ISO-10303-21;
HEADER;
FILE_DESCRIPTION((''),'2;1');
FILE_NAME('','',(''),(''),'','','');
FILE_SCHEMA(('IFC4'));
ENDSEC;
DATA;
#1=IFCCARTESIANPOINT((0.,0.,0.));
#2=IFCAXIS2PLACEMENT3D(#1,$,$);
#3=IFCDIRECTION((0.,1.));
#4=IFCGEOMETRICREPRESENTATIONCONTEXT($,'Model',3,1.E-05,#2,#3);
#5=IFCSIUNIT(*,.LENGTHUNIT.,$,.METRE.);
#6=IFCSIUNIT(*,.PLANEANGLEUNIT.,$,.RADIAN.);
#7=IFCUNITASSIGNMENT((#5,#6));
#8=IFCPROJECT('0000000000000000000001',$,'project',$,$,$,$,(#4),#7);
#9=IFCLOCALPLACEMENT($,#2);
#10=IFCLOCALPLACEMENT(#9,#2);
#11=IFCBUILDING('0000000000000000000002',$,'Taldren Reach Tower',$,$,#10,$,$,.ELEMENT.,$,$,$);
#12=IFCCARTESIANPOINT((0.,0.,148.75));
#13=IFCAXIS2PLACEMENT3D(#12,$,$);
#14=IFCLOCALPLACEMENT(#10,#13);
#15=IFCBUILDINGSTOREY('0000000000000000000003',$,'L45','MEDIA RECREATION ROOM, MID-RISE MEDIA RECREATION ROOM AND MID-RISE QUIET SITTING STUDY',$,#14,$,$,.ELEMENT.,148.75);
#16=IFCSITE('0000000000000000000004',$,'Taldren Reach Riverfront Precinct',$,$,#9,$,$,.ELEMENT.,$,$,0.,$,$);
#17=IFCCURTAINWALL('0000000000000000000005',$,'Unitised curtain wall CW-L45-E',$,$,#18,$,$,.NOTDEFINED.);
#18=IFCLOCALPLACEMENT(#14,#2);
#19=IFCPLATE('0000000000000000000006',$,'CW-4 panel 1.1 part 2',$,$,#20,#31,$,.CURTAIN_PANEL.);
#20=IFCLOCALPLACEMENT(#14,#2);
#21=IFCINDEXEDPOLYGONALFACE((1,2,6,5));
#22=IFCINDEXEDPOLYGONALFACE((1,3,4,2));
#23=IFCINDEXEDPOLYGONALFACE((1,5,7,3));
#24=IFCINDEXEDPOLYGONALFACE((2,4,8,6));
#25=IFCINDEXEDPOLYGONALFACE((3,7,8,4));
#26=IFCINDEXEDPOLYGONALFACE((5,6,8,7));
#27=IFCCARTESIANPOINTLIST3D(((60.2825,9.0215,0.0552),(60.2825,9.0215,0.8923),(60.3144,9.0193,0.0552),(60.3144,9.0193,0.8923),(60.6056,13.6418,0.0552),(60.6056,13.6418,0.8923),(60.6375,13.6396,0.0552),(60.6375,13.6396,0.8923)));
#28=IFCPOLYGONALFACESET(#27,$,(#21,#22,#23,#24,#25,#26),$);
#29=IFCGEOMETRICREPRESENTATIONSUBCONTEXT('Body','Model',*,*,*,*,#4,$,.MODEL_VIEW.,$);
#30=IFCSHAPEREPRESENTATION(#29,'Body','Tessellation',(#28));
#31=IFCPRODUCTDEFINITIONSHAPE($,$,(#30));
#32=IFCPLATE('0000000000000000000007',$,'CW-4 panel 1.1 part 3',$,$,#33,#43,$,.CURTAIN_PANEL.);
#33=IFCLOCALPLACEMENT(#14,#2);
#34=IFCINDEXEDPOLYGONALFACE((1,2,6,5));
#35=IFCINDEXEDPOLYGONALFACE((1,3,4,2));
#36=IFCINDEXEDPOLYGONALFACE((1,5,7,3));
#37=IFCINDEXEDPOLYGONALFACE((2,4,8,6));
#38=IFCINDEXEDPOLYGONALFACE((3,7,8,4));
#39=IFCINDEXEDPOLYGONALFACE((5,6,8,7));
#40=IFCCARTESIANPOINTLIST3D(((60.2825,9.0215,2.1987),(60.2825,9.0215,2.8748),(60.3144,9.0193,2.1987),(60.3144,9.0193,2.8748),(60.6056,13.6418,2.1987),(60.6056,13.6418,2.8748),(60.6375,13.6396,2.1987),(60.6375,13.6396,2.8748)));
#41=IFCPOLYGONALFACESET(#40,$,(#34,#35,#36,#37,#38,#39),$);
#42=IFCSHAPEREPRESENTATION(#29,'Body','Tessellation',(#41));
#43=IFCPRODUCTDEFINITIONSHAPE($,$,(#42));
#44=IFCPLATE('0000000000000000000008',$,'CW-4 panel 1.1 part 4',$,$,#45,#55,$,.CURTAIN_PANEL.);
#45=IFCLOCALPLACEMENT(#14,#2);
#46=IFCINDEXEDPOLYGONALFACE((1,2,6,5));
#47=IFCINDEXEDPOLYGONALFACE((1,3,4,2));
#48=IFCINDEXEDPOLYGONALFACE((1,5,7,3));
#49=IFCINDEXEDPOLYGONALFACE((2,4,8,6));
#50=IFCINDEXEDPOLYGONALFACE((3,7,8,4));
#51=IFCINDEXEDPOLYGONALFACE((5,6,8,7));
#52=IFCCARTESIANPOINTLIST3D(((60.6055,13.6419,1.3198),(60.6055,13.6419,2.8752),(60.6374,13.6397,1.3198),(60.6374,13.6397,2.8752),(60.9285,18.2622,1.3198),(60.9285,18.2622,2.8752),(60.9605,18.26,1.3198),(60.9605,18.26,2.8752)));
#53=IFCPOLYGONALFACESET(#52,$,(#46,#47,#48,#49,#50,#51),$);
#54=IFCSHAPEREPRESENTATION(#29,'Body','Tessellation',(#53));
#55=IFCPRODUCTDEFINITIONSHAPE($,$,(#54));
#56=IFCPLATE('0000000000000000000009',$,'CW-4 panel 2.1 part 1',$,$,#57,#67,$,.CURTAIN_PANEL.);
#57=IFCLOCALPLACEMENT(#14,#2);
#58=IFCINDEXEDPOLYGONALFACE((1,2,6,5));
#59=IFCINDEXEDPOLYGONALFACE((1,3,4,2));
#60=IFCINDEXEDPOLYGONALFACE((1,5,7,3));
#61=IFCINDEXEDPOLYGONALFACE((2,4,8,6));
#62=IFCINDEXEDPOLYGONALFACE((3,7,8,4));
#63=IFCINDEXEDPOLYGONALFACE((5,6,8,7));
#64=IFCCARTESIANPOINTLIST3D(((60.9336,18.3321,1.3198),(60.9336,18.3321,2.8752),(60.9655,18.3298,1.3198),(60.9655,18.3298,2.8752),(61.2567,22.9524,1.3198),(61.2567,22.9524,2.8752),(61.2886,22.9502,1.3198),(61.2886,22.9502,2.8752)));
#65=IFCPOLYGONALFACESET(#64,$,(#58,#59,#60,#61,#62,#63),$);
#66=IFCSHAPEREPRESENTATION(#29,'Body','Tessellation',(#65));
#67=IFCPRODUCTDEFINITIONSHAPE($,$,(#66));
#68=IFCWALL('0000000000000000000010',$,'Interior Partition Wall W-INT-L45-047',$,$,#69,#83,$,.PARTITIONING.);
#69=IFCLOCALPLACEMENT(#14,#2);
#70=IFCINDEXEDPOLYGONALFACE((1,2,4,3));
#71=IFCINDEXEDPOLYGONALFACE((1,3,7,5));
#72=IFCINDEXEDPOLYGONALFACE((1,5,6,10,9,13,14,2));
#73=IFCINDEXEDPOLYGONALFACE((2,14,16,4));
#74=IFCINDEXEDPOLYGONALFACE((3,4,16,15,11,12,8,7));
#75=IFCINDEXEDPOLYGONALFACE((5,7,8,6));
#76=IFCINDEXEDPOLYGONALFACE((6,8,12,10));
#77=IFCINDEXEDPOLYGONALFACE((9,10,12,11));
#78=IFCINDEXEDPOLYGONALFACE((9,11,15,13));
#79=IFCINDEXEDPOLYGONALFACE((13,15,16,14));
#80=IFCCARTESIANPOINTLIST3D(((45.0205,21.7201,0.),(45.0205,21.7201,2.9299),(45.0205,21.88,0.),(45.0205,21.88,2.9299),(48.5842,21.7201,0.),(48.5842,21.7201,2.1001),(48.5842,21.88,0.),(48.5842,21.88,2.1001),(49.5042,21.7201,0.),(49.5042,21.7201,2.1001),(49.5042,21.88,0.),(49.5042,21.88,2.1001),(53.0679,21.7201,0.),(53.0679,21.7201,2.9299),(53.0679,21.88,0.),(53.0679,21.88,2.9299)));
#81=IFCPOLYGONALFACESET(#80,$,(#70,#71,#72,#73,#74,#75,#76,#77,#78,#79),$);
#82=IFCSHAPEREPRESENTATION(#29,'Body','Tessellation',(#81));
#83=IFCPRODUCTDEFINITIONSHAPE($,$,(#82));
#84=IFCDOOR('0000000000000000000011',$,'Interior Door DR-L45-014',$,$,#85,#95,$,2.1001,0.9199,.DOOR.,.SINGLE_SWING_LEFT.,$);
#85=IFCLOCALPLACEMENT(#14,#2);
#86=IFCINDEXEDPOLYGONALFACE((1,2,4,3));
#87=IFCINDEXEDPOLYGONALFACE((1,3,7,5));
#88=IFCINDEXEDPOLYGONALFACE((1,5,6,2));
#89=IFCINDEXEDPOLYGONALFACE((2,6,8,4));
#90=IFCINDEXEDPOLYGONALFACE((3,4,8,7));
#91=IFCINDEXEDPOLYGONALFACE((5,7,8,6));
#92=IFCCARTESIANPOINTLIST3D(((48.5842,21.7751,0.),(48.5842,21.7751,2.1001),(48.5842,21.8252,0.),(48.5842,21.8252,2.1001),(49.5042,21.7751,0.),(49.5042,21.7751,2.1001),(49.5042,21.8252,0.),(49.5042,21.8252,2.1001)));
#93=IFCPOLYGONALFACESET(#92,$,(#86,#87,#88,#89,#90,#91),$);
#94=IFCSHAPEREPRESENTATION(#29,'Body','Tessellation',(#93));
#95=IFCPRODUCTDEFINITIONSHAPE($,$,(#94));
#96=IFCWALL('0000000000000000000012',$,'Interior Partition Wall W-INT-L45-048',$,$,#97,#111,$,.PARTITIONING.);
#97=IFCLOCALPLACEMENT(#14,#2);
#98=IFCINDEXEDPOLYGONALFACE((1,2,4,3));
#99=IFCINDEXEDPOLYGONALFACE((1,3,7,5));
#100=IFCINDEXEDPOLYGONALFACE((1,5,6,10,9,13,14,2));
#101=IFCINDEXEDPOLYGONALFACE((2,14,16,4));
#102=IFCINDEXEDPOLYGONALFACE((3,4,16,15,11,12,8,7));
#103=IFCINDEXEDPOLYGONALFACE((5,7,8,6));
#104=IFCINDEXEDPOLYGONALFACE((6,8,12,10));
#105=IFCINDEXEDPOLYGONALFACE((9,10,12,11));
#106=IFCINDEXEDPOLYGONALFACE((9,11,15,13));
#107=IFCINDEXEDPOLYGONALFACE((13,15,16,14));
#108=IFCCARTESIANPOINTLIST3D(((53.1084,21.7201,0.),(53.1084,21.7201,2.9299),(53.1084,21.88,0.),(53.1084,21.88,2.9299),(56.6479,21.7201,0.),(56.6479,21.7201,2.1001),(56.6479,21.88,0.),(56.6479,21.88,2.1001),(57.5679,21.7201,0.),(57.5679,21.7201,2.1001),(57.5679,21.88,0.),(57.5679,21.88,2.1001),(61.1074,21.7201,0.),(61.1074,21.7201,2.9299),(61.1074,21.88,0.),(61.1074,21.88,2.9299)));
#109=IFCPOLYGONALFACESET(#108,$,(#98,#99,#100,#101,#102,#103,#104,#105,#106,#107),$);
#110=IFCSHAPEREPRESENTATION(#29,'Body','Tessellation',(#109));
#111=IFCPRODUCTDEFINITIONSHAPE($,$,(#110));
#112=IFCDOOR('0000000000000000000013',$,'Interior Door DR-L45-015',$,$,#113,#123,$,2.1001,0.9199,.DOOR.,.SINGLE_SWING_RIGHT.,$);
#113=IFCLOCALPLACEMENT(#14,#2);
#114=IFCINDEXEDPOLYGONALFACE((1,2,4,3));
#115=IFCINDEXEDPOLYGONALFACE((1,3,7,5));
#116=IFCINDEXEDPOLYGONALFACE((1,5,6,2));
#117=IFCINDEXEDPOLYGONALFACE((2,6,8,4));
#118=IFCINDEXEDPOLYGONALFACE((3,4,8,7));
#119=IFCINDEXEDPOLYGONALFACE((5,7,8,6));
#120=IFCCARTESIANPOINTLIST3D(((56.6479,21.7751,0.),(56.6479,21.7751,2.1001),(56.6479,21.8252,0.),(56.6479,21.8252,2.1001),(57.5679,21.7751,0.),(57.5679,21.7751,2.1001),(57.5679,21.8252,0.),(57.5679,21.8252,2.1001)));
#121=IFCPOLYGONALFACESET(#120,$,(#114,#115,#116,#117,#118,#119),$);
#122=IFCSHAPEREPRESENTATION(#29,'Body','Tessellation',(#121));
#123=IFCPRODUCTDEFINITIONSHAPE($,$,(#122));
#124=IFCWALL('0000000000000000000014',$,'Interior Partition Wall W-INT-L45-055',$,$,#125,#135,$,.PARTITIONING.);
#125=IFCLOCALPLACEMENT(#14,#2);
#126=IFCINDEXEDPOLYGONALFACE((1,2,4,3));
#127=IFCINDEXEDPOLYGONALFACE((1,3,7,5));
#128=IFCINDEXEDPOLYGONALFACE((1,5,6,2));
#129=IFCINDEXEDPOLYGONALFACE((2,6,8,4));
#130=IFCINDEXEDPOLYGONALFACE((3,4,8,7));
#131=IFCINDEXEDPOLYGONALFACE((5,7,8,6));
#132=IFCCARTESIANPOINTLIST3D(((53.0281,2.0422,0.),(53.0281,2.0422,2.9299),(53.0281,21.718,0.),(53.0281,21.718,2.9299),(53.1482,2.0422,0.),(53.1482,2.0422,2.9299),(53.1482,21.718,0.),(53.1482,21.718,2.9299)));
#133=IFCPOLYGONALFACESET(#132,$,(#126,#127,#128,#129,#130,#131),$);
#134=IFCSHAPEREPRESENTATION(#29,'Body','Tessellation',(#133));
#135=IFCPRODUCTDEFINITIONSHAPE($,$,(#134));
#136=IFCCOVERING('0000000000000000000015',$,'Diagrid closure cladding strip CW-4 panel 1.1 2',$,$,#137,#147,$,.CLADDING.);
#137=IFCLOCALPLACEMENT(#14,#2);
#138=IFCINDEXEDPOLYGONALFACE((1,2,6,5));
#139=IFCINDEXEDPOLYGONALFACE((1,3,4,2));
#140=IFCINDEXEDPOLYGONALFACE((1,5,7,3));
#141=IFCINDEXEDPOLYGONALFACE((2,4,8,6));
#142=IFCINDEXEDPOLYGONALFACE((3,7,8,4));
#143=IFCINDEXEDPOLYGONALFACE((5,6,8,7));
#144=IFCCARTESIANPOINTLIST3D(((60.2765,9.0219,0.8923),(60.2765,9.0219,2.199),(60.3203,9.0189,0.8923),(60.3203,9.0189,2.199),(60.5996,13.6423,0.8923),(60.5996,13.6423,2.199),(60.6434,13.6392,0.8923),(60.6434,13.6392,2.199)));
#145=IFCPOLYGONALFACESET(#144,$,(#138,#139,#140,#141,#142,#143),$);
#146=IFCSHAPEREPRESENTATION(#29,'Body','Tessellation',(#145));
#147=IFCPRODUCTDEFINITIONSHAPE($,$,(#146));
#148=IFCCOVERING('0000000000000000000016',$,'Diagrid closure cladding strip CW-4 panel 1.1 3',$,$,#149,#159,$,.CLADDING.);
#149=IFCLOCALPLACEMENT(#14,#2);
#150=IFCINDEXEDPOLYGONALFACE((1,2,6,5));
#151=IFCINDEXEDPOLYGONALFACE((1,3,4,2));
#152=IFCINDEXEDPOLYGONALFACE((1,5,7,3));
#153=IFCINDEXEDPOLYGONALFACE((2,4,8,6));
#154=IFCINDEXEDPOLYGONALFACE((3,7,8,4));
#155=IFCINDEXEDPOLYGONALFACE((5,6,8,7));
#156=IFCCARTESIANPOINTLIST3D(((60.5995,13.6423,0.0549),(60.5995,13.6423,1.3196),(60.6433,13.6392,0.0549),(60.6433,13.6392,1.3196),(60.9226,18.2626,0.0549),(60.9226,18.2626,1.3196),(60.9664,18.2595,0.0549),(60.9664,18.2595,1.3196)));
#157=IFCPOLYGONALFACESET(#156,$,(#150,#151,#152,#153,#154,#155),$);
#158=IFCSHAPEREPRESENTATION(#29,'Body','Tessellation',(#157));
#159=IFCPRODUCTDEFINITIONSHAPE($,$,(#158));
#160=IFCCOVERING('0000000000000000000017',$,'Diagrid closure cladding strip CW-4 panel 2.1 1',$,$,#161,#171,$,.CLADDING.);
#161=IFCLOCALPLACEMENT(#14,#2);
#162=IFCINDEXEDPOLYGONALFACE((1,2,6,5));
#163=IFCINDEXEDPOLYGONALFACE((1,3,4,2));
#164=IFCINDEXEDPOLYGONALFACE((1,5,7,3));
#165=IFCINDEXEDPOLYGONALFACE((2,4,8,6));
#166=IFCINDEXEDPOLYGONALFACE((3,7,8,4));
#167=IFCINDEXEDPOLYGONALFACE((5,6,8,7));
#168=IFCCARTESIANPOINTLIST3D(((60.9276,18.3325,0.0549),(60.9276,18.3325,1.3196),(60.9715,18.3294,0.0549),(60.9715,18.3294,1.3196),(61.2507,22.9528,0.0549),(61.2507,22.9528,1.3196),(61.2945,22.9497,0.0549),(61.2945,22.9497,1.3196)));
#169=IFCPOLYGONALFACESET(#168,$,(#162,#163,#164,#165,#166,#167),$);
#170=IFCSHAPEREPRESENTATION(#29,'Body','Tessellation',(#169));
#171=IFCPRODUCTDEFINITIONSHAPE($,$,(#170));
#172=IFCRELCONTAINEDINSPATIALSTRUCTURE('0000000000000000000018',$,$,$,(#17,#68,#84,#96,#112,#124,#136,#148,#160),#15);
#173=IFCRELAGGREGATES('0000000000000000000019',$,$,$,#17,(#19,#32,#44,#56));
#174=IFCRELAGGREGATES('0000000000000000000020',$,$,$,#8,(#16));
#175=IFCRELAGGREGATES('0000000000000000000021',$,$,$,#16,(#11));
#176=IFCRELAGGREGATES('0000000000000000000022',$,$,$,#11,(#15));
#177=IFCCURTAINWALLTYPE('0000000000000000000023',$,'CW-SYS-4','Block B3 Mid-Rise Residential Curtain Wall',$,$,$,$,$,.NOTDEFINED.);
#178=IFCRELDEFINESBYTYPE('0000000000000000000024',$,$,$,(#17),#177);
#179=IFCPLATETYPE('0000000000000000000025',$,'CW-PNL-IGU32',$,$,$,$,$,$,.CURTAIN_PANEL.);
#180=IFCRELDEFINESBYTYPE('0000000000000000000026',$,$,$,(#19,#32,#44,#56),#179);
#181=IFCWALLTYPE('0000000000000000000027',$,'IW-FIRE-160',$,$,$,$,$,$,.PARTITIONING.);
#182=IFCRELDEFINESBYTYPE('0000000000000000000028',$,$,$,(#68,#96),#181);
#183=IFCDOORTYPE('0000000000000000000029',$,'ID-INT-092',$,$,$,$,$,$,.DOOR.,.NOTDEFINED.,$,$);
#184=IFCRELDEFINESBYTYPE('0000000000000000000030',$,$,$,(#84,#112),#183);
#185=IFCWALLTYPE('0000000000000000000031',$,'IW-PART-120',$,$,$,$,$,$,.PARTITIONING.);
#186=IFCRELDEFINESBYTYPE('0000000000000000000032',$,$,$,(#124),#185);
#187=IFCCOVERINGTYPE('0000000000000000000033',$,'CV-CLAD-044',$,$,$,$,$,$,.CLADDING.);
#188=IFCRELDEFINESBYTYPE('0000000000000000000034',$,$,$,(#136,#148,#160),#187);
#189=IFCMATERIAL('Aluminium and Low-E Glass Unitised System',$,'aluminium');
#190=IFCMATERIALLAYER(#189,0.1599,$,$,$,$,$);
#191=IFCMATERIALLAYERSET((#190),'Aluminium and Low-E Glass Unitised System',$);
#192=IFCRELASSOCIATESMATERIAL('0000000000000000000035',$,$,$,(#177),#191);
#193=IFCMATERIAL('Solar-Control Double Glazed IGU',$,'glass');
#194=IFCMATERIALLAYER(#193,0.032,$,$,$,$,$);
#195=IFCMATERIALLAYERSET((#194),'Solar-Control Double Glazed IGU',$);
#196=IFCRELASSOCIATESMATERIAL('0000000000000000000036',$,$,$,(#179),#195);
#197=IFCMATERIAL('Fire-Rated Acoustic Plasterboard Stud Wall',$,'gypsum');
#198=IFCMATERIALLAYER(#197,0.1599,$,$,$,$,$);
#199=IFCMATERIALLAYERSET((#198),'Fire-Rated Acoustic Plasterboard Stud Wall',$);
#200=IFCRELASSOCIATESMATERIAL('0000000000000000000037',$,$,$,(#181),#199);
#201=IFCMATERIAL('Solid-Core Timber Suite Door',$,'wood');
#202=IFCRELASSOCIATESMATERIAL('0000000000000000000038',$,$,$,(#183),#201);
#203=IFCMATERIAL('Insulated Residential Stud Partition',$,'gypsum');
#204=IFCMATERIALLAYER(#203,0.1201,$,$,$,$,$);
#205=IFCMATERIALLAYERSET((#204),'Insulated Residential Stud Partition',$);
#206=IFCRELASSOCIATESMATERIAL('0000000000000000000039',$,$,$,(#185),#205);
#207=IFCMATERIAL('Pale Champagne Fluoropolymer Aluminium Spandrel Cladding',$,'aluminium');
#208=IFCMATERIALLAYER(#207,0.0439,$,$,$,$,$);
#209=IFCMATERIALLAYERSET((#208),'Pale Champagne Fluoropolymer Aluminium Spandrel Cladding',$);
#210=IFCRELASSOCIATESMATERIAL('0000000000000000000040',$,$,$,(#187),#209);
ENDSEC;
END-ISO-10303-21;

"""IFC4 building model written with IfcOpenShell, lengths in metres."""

from ifc_helpers import new_model, si_unit, direction, frame, frame_2d, origin, origin_2d, place, context, subcontext, project, spatial, rectangle, extrude, source, transform, mapped, material, layer, layer_set, type_object, element, fill, aggregate, save


model = new_model("IFC4")

# Units and contexts
model_context = context("Model", 3, precision=1e-05, world=origin(), true_north=direction((0.0, 1.0)))
body_context = subcontext(model_context, "Body", "Model", "MODEL_VIEW")
ifc_project = project(units=[si_unit("LENGTHUNIT", "METRE"), si_unit("PLANEANGLEUNIT", "RADIAN")], contexts=[model_context])

# Site, building, storey
site_placement = place(None, origin())
site = spatial("IfcSite", under=ifc_project, at=site_placement, Name="Taldren Reach Riverfront Precinct", CompositionType="ELEMENT", RefElevation=0.0)
building_placement = place(site_placement, origin())
building = spatial("IfcBuilding", under=site, at=building_placement, Name="Taldren Reach Tower", CompositionType="ELEMENT")
storey_placement = place(building_placement, frame((0.0, 0.0, 148.75)))
storey = spatial("IfcBuildingStorey", under=building, at=storey_placement, Name="L45", Description="MEDIA RECREATION ROOM, MID-RISE MEDIA RECREATION ROOM AND MID-RISE QUIET SITTING STUDY", CompositionType="ELEMENT", Elevation=148.75)

# Curtain wall
ifc_material_1 = material(Name="Aluminium and Low-E Glass Unitised System", Category="aluminium")
ifc_layer_1 = layer(ifc_material_1, 0.1599)
ifc_layer_set_1 = layer_set([ifc_layer_1], Name="Aluminium and Low-E Glass Unitised System")
curtain_wall_type = type_object("IfcCurtainWallType", Name="CW-SYS-4", Description="Block B3 Mid-Rise Residential Curtain Wall", PredefinedType="NOTDEFINED", material=ifc_layer_set_1)
curtain_wall_placement = place(storey_placement, origin())
curtain_wall = element("IfcCurtainWall", 1, at=curtain_wall_placement, inside=storey, type_object=curtain_wall_type, Name="Unitised curtain wall CW-L45-E", PredefinedType="NOTDEFINED")

# Plates
ifc_material_2 = material(Name="Solar-Control Double Glazed IGU", Category="glass")
ifc_layer_2 = layer(ifc_material_2, 0.032)
ifc_layer_set_2 = layer_set([ifc_layer_2], Name="Solar-Control Double Glazed IGU")
plate_type_1 = type_object("IfcPlateType", Name="CW-PNL-IGU32", PredefinedType="CURTAIN_PANEL", material=ifc_layer_set_2)
shared_shape_1 = source(origin(), body_context, "Body", "SweptSolid", [
    extrude(rectangle(XDim=4.6316, YDim=0.032, at=origin_2d()), origin(), (0.0, 0.0, 1.0), 0.8372),
])
plate_1_placement = place(storey_placement, frame((60.46, 11.3306, 0.0552), z_axis=(0.0, 0.0, 1.0), x_axis=(0.069756, 0.997564, 0.0)))
plate_1 = element("IfcPlate", 2, at=plate_1_placement, type_object=plate_type_1, Name="CW-4 panel 1.1 part 2", PredefinedType="CURTAIN_PANEL", context=body_context, shape_type="MappedRepresentation", body=[
    mapped(shared_shape_1, transform((0.0, 0.0, 0.0), scale=1.0)),
])
shared_shape_2 = source(origin(), body_context, "Body", "SweptSolid", [
    extrude(rectangle(XDim=4.6316, YDim=0.032, at=origin_2d()), origin(), (0.0, 0.0, 1.0), 0.676),
])
plate_2_placement = place(storey_placement, frame((60.46, 11.3306, 2.1987), z_axis=(0.0, 0.0, 1.0), x_axis=(0.069756, 0.997564, 0.0)))
plate_2 = element("IfcPlate", 3, at=plate_2_placement, type_object=plate_type_1, Name="CW-4 panel 1.1 part 3", PredefinedType="CURTAIN_PANEL", context=body_context, shape_type="MappedRepresentation", body=[
    mapped(shared_shape_2, transform((0.0, 0.0, 0.0), scale=1.0)),
])
shared_shape_3 = source(origin(), body_context, "Body", "SweptSolid", [
    extrude(rectangle(XDim=4.6316, YDim=0.032, at=origin_2d()), origin(), (0.0, 0.0, 1.0), 1.5554),
])
plate_3_placement = place(storey_placement, frame((60.783, 15.9509, 1.3198), z_axis=(0.0, 0.0, 1.0), x_axis=(0.069756, 0.997564, 0.0)))
plate_3 = element("IfcPlate", 4, at=plate_3_placement, type_object=plate_type_1, Name="CW-4 panel 1.1 part 4", PredefinedType="CURTAIN_PANEL", context=body_context, shape_type="MappedRepresentation", body=[
    mapped(shared_shape_3, transform((0.0, 0.0, 0.0), scale=1.0)),
])
plate_4_placement = place(storey_placement, frame((61.1111, 20.6411, 1.3198), z_axis=(0.0, 0.0, 1.0), x_axis=(0.069756, 0.997564, 0.0)))
plate_4 = element("IfcPlate", 5, at=plate_4_placement, type_object=plate_type_1, Name="CW-4 panel 2.1 part 1", PredefinedType="CURTAIN_PANEL", context=body_context, shape_type="MappedRepresentation", body=[
    mapped(shared_shape_3, transform((0.0, 0.0, 0.0), scale=1.0)),
])
aggregate(curtain_wall, [plate_1, plate_2, plate_3, plate_4])

# Walls, openings, doors
ifc_material_3 = material(Name="Fire-Rated Acoustic Plasterboard Stud Wall", Category="gypsum")
ifc_layer_3 = layer(ifc_material_3, 0.1599)
ifc_layer_set_3 = layer_set([ifc_layer_3], Name="Fire-Rated Acoustic Plasterboard Stud Wall")
wall_type_1 = type_object("IfcWallType", Name="IW-FIRE-160", PredefinedType="PARTITIONING", material=ifc_layer_set_3)
shared_shape_4 = source(origin(), body_context, "Body", "SweptSolid", [
    extrude(rectangle(XDim=8.0474, YDim=0.1599, at=frame_2d((4.0237, 0.0))), origin(), (0.0, 0.0, 1.0), 2.9299),
])
wall_1_placement = place(storey_placement, frame((53.0679, 21.8, 0.0), z_axis=(0.0, 0.0, 1.0), x_axis=(-1.0, 0.0, 0.0)))
wall_1 = element("IfcWall", 6, at=wall_1_placement, inside=storey, type_object=wall_type_1, Name="Interior Partition Wall W-INT-L45-047", PredefinedType="PARTITIONING", context=body_context, shape_type="MappedRepresentation", body=[
    mapped(shared_shape_4, transform((0.0, 0.0, 0.0), scale=1.0)),
])
shared_shape_5 = source(origin(), body_context, "Body", "SweptSolid", [
    extrude(rectangle(XDim=0.9199, YDim=2.1001, at=frame_2d((0.46, 1.05))), frame((0.0, 0.0898, 0.0), z_axis=(0.0, -1.0, 0.0), x_axis=(1.0, 0.0, 0.0)), (0.0, 0.0, 1.0), 0.1799),
])
opening_1_placement = place(wall_1_placement, frame((3.5637, 0.0, 0.0)))
opening_1 = element("IfcOpeningElement", 7, at=opening_1_placement, cuts=wall_1, PredefinedType="OPENING", context=body_context, shape_type="MappedRepresentation", body=[
    mapped(shared_shape_5, transform((0.0, 0.0, 0.0), scale=1.0)),
])
ifc_material_4 = material(Name="Solid-Core Timber Suite Door", Category="wood")
door_type = type_object("IfcDoorType", Name="ID-INT-092", OperationType="NOTDEFINED", PredefinedType="DOOR", material=ifc_material_4)
shared_shape_6 = source(origin(), body_context, "Body", "SweptSolid", [
    extrude(rectangle(XDim=0.9199, YDim=2.1001, at=frame_2d((0.46, 1.05))), frame((0.0, 0.0249, 0.0), z_axis=(0.0, -1.0, 0.0), x_axis=(1.0, 0.0, 0.0)), (0.0, 0.0, 1.0), 0.05),
])
door_1_placement = place(opening_1_placement, origin())
door_1 = element("IfcDoor", 8, at=door_1_placement, inside=storey, type_object=door_type, Name="Interior Door DR-L45-014", OperationType="SINGLE_SWING_LEFT", OverallHeight=2.1001, OverallWidth=0.9199, PredefinedType="DOOR", context=body_context, shape_type="MappedRepresentation", body=[
    mapped(shared_shape_6, transform((0.0, 0.0, 0.0), scale=1.0)),
])
fill(opening_1, door_1)
shared_shape_7 = source(origin(), body_context, "Body", "SweptSolid", [
    extrude(rectangle(XDim=7.999, YDim=0.1599, at=frame_2d((3.9995, 0.0))), origin(), (0.0, 0.0, 1.0), 2.9299),
])
wall_2_placement = place(storey_placement, frame((61.1074, 21.8, 0.0), z_axis=(0.0, 0.0, 1.0), x_axis=(-1.0, 0.0, 0.0)))
wall_2 = element("IfcWall", 9, at=wall_2_placement, inside=storey, type_object=wall_type_1, Name="Interior Partition Wall W-INT-L45-048", PredefinedType="PARTITIONING", context=body_context, shape_type="MappedRepresentation", body=[
    mapped(shared_shape_7, transform((0.0, 0.0, 0.0), scale=1.0)),
])
opening_2_placement = place(wall_2_placement, frame((3.5396, 0.0, 0.0)))
opening_2 = element("IfcOpeningElement", 10, at=opening_2_placement, cuts=wall_2, PredefinedType="OPENING", context=body_context, shape_type="MappedRepresentation", body=[
    mapped(shared_shape_5, transform((0.0, 0.0, 0.0), scale=1.0)),
])
door_2_placement = place(opening_2_placement, origin())
door_2 = element("IfcDoor", 11, at=door_2_placement, inside=storey, type_object=door_type, Name="Interior Door DR-L45-015", OperationType="SINGLE_SWING_RIGHT", OverallHeight=2.1001, OverallWidth=0.9199, PredefinedType="DOOR", context=body_context, shape_type="MappedRepresentation", body=[
    mapped(shared_shape_6, transform((0.0, 0.0, 0.0), scale=1.0)),
])
fill(opening_2, door_2)

# Wall
ifc_material_5 = material(Name="Insulated Residential Stud Partition", Category="gypsum")
ifc_layer_4 = layer(ifc_material_5, 0.1201)
ifc_layer_set_4 = layer_set([ifc_layer_4], Name="Insulated Residential Stud Partition")
wall_type_2 = type_object("IfcWallType", Name="IW-PART-120", PredefinedType="PARTITIONING", material=ifc_layer_set_4)
shared_shape_8 = source(origin(), body_context, "Body", "SweptSolid", [
    extrude(rectangle(XDim=19.6758, YDim=0.1201, at=frame_2d((9.8379, 0.0))), origin(), (0.0, 0.0, 1.0), 2.9299),
])
wall_3_placement = place(storey_placement, frame((53.0881, 21.718, 0.0), z_axis=(0.0, 0.0, 1.0), x_axis=(0.0, -1.0, 0.0)))
element("IfcWall", 12, at=wall_3_placement, inside=storey, type_object=wall_type_2, Name="Interior Partition Wall W-INT-L45-055", PredefinedType="PARTITIONING", context=body_context, shape_type="MappedRepresentation", body=[
    mapped(shared_shape_8, transform((0.0, 0.0, 0.0), scale=1.0)),
])

# Coverings
ifc_material_6 = material(Name="Pale Champagne Fluoropolymer Aluminium Spandrel Cladding", Category="aluminium")
ifc_layer_5 = layer(ifc_material_6, 0.0439)
ifc_layer_set_5 = layer_set([ifc_layer_5], Name="Pale Champagne Fluoropolymer Aluminium Spandrel Cladding")
covering_type = type_object("IfcCoveringType", Name="CV-CLAD-044", PredefinedType="CLADDING", material=ifc_layer_set_5)
shared_shape_9 = source(origin(), body_context, "Body", "SweptSolid", [
    extrude(rectangle(XDim=4.6316, YDim=0.0439, at=origin_2d()), origin(), (0.0, 0.0, 1.0), 1.3066),
])
covering_placement = place(storey_placement, frame((60.46, 11.3306, 0.8923), z_axis=(0.0, 0.0, 1.0), x_axis=(0.069756, 0.997564, 0.0)))
element("IfcCovering", 13, at=covering_placement, inside=storey, type_object=covering_type, Name="Diagrid closure cladding strip CW-4 panel 1.1 2", PredefinedType="CLADDING", context=body_context, shape_type="MappedRepresentation", body=[
    mapped(shared_shape_9, transform((0.0, 0.0, 0.0), scale=1.0)),
])
shared_shape_10 = source(origin(), body_context, "Body", "SweptSolid", [
    extrude(rectangle(XDim=4.6316, YDim=0.0439, at=origin_2d()), origin(), (0.0, 0.0, 1.0), 1.2646),
])
for number, where, z_axis, x_axis, name in (
    (14, (60.783, 15.9509, 0.0549), (0.0, 0.0, 1.0), (0.069756, 0.997564, 0.0), "Diagrid closure cladding strip CW-4 panel 1.1 3"),
    (15, (61.1111, 20.6411, 0.0549), (0.0, 0.0, 1.0), (0.069756, 0.997564, 0.0), "Diagrid closure cladding strip CW-4 panel 2.1 1"),
):
    element("IfcCovering", number, at=place(storey_placement, frame(where, z_axis=z_axis, x_axis=x_axis)), inside=storey, type_object=covering_type, Name=name, PredefinedType="CLADDING", context=body_context, shape_type="MappedRepresentation", body=[
        mapped(shared_shape_10, transform((0.0, 0.0, 0.0), scale=1.0)),
    ])

save(model, "model.ifc")
